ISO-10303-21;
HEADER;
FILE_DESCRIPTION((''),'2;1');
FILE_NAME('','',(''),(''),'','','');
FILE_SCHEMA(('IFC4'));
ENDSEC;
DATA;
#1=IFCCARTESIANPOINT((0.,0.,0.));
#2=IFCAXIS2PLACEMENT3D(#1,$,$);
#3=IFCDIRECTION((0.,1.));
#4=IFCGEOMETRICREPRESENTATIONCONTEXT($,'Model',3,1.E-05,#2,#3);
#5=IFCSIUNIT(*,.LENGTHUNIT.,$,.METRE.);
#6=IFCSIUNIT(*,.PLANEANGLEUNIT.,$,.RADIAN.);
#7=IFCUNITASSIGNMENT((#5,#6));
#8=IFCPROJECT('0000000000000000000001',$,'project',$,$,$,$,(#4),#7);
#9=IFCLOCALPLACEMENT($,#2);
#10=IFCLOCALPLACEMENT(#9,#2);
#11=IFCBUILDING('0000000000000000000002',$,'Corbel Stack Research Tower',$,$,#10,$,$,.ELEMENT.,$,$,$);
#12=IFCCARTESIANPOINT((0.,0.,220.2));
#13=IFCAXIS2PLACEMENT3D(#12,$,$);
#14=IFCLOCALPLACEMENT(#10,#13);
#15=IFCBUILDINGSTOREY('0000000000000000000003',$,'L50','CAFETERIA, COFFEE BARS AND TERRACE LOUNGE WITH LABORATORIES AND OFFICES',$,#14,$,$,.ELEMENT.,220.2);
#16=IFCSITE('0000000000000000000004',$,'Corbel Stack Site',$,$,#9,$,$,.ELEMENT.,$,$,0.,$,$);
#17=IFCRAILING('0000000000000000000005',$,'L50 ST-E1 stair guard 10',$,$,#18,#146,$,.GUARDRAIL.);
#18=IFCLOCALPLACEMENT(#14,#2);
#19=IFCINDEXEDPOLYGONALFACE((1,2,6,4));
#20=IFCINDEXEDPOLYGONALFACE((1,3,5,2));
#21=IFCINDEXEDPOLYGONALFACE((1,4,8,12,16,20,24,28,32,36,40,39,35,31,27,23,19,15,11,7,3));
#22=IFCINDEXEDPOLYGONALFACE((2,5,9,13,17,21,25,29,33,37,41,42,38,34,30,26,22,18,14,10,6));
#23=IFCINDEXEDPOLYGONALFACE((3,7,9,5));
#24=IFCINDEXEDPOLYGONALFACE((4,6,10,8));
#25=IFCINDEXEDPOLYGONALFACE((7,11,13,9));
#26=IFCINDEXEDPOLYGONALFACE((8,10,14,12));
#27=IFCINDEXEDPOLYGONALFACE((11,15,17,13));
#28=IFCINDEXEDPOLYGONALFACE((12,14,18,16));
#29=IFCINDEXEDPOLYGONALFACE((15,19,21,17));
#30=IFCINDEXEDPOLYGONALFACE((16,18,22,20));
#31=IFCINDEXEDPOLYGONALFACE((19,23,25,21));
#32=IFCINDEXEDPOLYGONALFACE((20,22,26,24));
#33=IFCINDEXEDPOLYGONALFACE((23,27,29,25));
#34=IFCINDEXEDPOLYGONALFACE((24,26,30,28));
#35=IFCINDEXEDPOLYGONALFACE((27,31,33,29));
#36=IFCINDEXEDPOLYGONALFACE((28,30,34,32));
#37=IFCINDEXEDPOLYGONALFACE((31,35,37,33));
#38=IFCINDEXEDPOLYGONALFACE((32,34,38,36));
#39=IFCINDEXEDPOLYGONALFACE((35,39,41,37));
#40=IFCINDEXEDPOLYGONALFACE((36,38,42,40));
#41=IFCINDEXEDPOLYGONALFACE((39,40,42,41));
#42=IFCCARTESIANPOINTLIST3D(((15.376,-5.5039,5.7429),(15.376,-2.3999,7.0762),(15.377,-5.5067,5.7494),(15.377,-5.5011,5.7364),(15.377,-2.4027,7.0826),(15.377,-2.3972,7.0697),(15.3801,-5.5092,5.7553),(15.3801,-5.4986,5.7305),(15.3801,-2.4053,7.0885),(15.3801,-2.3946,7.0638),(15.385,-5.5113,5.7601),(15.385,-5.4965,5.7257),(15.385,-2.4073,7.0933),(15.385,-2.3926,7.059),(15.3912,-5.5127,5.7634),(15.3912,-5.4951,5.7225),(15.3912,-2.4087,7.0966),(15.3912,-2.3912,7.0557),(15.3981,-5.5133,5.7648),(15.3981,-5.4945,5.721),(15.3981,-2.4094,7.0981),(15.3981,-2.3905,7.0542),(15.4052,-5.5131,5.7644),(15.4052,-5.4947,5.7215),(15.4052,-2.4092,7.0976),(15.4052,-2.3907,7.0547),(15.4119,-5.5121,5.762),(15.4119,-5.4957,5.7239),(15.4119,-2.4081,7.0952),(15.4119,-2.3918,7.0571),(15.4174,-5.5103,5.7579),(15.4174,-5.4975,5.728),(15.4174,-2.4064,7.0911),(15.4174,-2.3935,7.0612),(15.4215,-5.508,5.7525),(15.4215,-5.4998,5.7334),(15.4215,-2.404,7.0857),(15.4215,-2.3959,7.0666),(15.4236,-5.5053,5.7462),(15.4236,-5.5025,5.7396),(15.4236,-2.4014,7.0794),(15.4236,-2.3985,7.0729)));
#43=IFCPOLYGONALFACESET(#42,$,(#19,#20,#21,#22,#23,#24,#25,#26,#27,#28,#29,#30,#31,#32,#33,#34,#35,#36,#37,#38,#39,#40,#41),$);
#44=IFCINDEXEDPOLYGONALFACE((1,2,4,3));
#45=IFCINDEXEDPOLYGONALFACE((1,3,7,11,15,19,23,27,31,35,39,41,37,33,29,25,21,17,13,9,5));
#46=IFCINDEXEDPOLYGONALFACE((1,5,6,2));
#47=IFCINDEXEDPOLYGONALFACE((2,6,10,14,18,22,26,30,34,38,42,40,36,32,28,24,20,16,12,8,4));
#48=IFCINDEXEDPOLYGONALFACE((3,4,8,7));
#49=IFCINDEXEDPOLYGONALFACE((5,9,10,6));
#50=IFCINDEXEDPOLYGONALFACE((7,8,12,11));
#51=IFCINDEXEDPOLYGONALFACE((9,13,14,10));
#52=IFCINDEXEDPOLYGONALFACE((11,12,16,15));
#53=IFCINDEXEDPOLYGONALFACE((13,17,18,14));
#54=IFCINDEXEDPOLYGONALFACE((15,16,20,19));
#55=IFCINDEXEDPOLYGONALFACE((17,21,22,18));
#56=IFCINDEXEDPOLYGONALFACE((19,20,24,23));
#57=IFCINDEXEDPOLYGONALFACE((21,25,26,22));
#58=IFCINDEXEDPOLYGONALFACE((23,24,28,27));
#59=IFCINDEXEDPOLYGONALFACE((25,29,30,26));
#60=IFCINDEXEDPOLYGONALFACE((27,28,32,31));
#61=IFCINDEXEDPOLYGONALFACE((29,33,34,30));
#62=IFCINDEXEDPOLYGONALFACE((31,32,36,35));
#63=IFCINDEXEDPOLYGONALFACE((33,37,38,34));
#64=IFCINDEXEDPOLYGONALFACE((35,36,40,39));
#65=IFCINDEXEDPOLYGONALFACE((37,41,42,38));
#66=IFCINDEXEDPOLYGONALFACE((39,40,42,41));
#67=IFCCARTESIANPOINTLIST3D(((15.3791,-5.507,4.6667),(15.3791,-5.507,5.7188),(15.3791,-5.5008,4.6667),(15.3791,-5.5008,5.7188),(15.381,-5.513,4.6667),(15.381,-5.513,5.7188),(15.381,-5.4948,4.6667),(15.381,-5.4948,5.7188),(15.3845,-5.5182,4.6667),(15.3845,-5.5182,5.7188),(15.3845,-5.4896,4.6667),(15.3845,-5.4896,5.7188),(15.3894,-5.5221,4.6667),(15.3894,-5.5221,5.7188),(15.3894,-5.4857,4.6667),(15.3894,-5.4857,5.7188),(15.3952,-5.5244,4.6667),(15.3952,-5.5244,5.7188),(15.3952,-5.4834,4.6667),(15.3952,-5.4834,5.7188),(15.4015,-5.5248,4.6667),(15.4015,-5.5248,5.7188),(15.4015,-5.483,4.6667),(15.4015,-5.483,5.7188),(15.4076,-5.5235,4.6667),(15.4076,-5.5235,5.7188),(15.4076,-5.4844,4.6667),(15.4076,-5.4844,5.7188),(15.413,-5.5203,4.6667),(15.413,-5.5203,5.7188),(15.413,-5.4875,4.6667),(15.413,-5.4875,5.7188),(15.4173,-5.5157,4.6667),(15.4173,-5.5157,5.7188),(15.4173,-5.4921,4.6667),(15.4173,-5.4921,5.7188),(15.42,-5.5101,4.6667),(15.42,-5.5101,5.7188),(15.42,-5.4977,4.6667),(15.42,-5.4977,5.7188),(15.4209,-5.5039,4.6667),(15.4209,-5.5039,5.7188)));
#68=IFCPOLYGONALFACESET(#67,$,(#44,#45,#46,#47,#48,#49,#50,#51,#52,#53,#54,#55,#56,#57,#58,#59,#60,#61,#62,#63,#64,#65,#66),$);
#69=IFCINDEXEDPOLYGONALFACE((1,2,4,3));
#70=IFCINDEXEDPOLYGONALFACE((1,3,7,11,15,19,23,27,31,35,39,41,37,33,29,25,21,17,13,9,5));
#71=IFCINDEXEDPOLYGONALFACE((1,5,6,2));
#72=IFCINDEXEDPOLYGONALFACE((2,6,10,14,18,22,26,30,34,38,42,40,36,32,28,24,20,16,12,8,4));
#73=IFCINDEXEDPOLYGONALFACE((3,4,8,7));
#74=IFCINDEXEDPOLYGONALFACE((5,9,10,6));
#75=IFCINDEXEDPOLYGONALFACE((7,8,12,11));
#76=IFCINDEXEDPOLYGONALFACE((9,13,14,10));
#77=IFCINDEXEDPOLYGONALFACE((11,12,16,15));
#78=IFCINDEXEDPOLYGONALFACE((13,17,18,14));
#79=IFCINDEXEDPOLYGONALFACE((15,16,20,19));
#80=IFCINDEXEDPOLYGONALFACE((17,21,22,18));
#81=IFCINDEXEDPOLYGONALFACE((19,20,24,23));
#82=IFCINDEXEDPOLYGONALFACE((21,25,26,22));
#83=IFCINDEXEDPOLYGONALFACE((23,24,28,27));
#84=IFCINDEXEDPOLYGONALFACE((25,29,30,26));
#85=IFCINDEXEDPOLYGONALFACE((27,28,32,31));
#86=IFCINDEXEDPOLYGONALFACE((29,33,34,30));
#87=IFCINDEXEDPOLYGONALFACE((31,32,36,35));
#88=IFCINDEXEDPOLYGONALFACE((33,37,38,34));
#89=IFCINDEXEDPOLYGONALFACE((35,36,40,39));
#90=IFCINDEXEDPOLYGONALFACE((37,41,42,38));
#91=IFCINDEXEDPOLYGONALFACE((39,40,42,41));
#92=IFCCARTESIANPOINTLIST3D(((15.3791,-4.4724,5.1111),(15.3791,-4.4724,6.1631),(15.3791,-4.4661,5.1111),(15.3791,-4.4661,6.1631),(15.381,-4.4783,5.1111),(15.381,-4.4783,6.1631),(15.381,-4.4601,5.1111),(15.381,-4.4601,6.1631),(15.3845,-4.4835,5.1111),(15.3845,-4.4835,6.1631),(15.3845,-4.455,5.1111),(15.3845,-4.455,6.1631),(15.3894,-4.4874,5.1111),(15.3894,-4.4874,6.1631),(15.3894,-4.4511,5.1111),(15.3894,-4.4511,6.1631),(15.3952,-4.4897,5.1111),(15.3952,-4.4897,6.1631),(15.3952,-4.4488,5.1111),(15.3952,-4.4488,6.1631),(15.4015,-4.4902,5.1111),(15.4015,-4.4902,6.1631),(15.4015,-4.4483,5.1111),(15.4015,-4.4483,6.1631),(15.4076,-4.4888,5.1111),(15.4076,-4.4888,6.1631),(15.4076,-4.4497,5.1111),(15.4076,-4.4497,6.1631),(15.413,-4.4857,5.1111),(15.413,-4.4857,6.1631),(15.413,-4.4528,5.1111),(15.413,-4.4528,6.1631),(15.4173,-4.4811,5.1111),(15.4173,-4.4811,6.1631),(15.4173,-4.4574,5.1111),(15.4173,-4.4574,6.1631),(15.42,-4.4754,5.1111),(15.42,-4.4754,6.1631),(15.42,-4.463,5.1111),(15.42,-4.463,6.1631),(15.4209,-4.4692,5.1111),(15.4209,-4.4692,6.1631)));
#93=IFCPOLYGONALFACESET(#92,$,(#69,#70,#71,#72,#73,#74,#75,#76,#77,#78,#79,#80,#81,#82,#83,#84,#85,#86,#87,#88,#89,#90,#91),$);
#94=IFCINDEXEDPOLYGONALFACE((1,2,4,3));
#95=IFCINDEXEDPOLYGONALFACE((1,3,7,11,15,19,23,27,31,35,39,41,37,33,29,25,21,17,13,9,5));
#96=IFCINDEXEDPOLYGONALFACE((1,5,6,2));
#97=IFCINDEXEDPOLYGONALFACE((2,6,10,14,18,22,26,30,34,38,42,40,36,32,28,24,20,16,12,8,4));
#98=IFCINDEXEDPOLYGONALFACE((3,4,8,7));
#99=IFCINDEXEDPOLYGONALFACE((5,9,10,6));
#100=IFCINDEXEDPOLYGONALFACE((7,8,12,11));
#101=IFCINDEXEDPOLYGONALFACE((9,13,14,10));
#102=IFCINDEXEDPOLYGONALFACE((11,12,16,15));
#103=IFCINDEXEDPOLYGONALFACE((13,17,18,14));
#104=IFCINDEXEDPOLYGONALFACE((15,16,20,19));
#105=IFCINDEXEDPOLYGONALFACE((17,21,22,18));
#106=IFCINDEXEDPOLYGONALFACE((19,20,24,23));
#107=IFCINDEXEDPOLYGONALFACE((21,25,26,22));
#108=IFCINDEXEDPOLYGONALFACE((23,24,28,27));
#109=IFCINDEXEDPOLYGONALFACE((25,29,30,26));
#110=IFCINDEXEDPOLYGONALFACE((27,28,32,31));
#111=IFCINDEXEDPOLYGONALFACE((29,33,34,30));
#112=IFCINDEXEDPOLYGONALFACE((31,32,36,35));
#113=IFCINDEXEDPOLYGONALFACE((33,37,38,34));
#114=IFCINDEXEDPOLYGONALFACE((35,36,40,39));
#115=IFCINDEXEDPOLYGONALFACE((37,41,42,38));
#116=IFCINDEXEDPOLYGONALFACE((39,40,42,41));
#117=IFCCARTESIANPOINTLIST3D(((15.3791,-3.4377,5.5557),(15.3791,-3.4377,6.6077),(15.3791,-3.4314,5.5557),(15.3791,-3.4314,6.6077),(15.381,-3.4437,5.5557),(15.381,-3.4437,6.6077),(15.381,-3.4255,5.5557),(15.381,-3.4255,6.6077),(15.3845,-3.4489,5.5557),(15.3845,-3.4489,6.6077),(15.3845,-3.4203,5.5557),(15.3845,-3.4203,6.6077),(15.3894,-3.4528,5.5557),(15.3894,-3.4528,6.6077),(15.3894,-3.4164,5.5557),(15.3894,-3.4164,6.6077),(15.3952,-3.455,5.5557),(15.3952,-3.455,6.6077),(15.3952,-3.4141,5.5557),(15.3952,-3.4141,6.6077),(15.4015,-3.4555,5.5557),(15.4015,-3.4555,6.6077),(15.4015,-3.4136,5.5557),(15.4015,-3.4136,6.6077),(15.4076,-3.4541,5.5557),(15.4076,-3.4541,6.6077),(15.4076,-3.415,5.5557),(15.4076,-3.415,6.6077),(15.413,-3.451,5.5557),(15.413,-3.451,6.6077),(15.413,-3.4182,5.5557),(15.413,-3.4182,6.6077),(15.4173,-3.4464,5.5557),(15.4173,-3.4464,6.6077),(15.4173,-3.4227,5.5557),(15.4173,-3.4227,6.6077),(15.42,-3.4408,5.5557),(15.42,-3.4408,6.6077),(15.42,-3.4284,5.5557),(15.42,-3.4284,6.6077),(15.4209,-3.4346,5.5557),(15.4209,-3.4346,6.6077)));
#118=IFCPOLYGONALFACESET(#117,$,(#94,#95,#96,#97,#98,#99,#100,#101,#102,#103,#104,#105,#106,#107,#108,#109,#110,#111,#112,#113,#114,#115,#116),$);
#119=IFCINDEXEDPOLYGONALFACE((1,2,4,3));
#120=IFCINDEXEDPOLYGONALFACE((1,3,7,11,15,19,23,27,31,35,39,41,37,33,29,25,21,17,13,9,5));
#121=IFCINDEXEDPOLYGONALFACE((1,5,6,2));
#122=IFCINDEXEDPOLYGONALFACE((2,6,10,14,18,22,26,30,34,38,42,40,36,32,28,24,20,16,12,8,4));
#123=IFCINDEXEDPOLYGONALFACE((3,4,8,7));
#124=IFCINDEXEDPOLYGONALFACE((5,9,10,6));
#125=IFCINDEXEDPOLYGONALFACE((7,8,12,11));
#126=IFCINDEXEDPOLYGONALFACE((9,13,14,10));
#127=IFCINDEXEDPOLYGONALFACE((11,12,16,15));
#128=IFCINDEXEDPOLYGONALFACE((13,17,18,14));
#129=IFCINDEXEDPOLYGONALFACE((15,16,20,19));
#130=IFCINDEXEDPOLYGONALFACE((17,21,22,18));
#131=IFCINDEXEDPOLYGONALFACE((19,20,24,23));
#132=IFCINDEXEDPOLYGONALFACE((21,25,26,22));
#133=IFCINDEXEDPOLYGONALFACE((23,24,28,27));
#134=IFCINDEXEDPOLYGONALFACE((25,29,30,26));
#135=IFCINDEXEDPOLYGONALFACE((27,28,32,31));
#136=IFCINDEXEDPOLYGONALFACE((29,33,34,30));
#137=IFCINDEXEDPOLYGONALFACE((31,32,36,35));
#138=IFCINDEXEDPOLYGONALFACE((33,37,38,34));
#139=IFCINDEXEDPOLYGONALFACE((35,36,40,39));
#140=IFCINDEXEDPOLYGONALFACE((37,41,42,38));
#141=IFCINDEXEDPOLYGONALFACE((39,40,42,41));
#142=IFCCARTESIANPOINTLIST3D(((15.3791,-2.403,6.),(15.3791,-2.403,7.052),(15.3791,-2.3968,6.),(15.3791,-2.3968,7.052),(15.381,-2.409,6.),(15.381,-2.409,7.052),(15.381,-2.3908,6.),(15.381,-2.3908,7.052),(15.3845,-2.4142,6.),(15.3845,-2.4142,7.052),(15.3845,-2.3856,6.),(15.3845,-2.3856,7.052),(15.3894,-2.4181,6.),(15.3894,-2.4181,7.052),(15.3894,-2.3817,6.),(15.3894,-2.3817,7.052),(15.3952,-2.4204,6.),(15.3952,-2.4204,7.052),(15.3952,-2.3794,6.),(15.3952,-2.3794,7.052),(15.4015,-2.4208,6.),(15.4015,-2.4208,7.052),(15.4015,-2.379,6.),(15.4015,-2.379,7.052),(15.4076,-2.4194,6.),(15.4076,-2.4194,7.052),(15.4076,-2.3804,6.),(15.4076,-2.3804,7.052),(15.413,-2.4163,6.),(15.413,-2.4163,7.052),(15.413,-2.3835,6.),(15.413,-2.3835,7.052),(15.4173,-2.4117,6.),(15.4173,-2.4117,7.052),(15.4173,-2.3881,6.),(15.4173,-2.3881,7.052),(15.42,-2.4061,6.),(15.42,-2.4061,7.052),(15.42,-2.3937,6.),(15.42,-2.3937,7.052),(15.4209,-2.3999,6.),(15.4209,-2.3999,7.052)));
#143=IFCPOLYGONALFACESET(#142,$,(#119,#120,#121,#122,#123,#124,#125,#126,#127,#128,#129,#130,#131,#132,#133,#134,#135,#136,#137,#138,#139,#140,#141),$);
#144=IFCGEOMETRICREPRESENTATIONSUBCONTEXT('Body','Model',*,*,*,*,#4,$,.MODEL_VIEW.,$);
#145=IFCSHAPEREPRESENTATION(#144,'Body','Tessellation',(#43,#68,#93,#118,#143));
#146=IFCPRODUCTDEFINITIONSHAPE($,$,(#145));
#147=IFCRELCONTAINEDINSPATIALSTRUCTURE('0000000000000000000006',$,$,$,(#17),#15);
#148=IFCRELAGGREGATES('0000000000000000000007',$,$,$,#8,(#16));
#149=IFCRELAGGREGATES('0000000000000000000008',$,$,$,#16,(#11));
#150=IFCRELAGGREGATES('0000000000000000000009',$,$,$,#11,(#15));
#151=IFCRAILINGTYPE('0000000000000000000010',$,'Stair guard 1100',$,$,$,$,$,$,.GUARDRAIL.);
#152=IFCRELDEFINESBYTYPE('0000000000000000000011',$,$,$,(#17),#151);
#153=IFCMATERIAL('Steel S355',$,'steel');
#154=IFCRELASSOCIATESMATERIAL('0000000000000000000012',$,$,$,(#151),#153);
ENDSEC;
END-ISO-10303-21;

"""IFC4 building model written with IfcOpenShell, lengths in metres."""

from ifc_helpers import new_model, si_unit, direction, frame, origin, origin_2d, place, context, subcontext, project, spatial, circle, extrude, material, type_object, element, save


model = new_model("IFC4")

# Units and contexts
model_context = context("Model", 3, precision=1e-05, world=origin(), true_north=direction((0.0, 1.0)))
body_context = subcontext(model_context, "Body", "Model", "MODEL_VIEW")
ifc_project = project(units=[si_unit("LENGTHUNIT", "METRE"), si_unit("PLANEANGLEUNIT", "RADIAN")], contexts=[model_context])

# Site, building, storey
site_placement = place(None, origin())
site = spatial("IfcSite", under=ifc_project, at=site_placement, Name="Corbel Stack Site", CompositionType="ELEMENT", RefElevation=0.0)
building_placement = place(site_placement, origin())
building = spatial("IfcBuilding", under=site, at=building_placement, Name="Corbel Stack Research Tower", CompositionType="ELEMENT")
storey_placement = place(building_placement, frame((0.0, 0.0, 220.2)))
storey = spatial("IfcBuildingStorey", under=building, at=storey_placement, Name="L50", Description="CAFETERIA, COFFEE BARS AND TERRACE LOUNGE WITH LABORATORIES AND OFFICES", CompositionType="ELEMENT", Elevation=220.2)

# Railing
ifc_material_1 = material(Name="Steel S355", Category="steel")
railing_type = type_object("IfcRailingType", Name="Stair guard 1100", PredefinedType="GUARDRAIL", material=ifc_material_1)
railing_1_placement = place(storey_placement, frame((15.3999, -5.5039, 4.6667)))
element("IfcRailing", 1, at=railing_1_placement, inside=storey, type_object=railing_type, Name="L50 ST-E1 stair guard 10", PredefinedType="GUARDRAIL", context=body_context, shape_type="SweptSolid", body=[
    extrude(circle(Radius=0.0239, at=origin_2d()), frame((0.0, 0.0, 1.0762), z_axis=(0.0, 0.918827, 0.394661), x_axis=(-1.0, 0.0, 0.0)), (0.0, 0.0, 1.0), 3.3782),
    extrude(circle(Radius=0.021, at=origin_2d()), origin(), (0.0, 0.0, 1.0), 1.052),
    extrude(circle(Radius=0.021, at=origin_2d()), frame((0.0, 1.0347, 0.4443)), (0.0, 0.0, 1.0), 1.052),
    extrude(circle(Radius=0.021, at=origin_2d()), frame((0.0, 2.0693, 0.8889)), (0.0, 0.0, 1.0), 1.052),
    extrude(circle(Radius=0.021, at=origin_2d()), frame((0.0, 3.104, 1.3333)), (0.0, 0.0, 1.0), 1.052),
])

save(model, "model.ifc")
